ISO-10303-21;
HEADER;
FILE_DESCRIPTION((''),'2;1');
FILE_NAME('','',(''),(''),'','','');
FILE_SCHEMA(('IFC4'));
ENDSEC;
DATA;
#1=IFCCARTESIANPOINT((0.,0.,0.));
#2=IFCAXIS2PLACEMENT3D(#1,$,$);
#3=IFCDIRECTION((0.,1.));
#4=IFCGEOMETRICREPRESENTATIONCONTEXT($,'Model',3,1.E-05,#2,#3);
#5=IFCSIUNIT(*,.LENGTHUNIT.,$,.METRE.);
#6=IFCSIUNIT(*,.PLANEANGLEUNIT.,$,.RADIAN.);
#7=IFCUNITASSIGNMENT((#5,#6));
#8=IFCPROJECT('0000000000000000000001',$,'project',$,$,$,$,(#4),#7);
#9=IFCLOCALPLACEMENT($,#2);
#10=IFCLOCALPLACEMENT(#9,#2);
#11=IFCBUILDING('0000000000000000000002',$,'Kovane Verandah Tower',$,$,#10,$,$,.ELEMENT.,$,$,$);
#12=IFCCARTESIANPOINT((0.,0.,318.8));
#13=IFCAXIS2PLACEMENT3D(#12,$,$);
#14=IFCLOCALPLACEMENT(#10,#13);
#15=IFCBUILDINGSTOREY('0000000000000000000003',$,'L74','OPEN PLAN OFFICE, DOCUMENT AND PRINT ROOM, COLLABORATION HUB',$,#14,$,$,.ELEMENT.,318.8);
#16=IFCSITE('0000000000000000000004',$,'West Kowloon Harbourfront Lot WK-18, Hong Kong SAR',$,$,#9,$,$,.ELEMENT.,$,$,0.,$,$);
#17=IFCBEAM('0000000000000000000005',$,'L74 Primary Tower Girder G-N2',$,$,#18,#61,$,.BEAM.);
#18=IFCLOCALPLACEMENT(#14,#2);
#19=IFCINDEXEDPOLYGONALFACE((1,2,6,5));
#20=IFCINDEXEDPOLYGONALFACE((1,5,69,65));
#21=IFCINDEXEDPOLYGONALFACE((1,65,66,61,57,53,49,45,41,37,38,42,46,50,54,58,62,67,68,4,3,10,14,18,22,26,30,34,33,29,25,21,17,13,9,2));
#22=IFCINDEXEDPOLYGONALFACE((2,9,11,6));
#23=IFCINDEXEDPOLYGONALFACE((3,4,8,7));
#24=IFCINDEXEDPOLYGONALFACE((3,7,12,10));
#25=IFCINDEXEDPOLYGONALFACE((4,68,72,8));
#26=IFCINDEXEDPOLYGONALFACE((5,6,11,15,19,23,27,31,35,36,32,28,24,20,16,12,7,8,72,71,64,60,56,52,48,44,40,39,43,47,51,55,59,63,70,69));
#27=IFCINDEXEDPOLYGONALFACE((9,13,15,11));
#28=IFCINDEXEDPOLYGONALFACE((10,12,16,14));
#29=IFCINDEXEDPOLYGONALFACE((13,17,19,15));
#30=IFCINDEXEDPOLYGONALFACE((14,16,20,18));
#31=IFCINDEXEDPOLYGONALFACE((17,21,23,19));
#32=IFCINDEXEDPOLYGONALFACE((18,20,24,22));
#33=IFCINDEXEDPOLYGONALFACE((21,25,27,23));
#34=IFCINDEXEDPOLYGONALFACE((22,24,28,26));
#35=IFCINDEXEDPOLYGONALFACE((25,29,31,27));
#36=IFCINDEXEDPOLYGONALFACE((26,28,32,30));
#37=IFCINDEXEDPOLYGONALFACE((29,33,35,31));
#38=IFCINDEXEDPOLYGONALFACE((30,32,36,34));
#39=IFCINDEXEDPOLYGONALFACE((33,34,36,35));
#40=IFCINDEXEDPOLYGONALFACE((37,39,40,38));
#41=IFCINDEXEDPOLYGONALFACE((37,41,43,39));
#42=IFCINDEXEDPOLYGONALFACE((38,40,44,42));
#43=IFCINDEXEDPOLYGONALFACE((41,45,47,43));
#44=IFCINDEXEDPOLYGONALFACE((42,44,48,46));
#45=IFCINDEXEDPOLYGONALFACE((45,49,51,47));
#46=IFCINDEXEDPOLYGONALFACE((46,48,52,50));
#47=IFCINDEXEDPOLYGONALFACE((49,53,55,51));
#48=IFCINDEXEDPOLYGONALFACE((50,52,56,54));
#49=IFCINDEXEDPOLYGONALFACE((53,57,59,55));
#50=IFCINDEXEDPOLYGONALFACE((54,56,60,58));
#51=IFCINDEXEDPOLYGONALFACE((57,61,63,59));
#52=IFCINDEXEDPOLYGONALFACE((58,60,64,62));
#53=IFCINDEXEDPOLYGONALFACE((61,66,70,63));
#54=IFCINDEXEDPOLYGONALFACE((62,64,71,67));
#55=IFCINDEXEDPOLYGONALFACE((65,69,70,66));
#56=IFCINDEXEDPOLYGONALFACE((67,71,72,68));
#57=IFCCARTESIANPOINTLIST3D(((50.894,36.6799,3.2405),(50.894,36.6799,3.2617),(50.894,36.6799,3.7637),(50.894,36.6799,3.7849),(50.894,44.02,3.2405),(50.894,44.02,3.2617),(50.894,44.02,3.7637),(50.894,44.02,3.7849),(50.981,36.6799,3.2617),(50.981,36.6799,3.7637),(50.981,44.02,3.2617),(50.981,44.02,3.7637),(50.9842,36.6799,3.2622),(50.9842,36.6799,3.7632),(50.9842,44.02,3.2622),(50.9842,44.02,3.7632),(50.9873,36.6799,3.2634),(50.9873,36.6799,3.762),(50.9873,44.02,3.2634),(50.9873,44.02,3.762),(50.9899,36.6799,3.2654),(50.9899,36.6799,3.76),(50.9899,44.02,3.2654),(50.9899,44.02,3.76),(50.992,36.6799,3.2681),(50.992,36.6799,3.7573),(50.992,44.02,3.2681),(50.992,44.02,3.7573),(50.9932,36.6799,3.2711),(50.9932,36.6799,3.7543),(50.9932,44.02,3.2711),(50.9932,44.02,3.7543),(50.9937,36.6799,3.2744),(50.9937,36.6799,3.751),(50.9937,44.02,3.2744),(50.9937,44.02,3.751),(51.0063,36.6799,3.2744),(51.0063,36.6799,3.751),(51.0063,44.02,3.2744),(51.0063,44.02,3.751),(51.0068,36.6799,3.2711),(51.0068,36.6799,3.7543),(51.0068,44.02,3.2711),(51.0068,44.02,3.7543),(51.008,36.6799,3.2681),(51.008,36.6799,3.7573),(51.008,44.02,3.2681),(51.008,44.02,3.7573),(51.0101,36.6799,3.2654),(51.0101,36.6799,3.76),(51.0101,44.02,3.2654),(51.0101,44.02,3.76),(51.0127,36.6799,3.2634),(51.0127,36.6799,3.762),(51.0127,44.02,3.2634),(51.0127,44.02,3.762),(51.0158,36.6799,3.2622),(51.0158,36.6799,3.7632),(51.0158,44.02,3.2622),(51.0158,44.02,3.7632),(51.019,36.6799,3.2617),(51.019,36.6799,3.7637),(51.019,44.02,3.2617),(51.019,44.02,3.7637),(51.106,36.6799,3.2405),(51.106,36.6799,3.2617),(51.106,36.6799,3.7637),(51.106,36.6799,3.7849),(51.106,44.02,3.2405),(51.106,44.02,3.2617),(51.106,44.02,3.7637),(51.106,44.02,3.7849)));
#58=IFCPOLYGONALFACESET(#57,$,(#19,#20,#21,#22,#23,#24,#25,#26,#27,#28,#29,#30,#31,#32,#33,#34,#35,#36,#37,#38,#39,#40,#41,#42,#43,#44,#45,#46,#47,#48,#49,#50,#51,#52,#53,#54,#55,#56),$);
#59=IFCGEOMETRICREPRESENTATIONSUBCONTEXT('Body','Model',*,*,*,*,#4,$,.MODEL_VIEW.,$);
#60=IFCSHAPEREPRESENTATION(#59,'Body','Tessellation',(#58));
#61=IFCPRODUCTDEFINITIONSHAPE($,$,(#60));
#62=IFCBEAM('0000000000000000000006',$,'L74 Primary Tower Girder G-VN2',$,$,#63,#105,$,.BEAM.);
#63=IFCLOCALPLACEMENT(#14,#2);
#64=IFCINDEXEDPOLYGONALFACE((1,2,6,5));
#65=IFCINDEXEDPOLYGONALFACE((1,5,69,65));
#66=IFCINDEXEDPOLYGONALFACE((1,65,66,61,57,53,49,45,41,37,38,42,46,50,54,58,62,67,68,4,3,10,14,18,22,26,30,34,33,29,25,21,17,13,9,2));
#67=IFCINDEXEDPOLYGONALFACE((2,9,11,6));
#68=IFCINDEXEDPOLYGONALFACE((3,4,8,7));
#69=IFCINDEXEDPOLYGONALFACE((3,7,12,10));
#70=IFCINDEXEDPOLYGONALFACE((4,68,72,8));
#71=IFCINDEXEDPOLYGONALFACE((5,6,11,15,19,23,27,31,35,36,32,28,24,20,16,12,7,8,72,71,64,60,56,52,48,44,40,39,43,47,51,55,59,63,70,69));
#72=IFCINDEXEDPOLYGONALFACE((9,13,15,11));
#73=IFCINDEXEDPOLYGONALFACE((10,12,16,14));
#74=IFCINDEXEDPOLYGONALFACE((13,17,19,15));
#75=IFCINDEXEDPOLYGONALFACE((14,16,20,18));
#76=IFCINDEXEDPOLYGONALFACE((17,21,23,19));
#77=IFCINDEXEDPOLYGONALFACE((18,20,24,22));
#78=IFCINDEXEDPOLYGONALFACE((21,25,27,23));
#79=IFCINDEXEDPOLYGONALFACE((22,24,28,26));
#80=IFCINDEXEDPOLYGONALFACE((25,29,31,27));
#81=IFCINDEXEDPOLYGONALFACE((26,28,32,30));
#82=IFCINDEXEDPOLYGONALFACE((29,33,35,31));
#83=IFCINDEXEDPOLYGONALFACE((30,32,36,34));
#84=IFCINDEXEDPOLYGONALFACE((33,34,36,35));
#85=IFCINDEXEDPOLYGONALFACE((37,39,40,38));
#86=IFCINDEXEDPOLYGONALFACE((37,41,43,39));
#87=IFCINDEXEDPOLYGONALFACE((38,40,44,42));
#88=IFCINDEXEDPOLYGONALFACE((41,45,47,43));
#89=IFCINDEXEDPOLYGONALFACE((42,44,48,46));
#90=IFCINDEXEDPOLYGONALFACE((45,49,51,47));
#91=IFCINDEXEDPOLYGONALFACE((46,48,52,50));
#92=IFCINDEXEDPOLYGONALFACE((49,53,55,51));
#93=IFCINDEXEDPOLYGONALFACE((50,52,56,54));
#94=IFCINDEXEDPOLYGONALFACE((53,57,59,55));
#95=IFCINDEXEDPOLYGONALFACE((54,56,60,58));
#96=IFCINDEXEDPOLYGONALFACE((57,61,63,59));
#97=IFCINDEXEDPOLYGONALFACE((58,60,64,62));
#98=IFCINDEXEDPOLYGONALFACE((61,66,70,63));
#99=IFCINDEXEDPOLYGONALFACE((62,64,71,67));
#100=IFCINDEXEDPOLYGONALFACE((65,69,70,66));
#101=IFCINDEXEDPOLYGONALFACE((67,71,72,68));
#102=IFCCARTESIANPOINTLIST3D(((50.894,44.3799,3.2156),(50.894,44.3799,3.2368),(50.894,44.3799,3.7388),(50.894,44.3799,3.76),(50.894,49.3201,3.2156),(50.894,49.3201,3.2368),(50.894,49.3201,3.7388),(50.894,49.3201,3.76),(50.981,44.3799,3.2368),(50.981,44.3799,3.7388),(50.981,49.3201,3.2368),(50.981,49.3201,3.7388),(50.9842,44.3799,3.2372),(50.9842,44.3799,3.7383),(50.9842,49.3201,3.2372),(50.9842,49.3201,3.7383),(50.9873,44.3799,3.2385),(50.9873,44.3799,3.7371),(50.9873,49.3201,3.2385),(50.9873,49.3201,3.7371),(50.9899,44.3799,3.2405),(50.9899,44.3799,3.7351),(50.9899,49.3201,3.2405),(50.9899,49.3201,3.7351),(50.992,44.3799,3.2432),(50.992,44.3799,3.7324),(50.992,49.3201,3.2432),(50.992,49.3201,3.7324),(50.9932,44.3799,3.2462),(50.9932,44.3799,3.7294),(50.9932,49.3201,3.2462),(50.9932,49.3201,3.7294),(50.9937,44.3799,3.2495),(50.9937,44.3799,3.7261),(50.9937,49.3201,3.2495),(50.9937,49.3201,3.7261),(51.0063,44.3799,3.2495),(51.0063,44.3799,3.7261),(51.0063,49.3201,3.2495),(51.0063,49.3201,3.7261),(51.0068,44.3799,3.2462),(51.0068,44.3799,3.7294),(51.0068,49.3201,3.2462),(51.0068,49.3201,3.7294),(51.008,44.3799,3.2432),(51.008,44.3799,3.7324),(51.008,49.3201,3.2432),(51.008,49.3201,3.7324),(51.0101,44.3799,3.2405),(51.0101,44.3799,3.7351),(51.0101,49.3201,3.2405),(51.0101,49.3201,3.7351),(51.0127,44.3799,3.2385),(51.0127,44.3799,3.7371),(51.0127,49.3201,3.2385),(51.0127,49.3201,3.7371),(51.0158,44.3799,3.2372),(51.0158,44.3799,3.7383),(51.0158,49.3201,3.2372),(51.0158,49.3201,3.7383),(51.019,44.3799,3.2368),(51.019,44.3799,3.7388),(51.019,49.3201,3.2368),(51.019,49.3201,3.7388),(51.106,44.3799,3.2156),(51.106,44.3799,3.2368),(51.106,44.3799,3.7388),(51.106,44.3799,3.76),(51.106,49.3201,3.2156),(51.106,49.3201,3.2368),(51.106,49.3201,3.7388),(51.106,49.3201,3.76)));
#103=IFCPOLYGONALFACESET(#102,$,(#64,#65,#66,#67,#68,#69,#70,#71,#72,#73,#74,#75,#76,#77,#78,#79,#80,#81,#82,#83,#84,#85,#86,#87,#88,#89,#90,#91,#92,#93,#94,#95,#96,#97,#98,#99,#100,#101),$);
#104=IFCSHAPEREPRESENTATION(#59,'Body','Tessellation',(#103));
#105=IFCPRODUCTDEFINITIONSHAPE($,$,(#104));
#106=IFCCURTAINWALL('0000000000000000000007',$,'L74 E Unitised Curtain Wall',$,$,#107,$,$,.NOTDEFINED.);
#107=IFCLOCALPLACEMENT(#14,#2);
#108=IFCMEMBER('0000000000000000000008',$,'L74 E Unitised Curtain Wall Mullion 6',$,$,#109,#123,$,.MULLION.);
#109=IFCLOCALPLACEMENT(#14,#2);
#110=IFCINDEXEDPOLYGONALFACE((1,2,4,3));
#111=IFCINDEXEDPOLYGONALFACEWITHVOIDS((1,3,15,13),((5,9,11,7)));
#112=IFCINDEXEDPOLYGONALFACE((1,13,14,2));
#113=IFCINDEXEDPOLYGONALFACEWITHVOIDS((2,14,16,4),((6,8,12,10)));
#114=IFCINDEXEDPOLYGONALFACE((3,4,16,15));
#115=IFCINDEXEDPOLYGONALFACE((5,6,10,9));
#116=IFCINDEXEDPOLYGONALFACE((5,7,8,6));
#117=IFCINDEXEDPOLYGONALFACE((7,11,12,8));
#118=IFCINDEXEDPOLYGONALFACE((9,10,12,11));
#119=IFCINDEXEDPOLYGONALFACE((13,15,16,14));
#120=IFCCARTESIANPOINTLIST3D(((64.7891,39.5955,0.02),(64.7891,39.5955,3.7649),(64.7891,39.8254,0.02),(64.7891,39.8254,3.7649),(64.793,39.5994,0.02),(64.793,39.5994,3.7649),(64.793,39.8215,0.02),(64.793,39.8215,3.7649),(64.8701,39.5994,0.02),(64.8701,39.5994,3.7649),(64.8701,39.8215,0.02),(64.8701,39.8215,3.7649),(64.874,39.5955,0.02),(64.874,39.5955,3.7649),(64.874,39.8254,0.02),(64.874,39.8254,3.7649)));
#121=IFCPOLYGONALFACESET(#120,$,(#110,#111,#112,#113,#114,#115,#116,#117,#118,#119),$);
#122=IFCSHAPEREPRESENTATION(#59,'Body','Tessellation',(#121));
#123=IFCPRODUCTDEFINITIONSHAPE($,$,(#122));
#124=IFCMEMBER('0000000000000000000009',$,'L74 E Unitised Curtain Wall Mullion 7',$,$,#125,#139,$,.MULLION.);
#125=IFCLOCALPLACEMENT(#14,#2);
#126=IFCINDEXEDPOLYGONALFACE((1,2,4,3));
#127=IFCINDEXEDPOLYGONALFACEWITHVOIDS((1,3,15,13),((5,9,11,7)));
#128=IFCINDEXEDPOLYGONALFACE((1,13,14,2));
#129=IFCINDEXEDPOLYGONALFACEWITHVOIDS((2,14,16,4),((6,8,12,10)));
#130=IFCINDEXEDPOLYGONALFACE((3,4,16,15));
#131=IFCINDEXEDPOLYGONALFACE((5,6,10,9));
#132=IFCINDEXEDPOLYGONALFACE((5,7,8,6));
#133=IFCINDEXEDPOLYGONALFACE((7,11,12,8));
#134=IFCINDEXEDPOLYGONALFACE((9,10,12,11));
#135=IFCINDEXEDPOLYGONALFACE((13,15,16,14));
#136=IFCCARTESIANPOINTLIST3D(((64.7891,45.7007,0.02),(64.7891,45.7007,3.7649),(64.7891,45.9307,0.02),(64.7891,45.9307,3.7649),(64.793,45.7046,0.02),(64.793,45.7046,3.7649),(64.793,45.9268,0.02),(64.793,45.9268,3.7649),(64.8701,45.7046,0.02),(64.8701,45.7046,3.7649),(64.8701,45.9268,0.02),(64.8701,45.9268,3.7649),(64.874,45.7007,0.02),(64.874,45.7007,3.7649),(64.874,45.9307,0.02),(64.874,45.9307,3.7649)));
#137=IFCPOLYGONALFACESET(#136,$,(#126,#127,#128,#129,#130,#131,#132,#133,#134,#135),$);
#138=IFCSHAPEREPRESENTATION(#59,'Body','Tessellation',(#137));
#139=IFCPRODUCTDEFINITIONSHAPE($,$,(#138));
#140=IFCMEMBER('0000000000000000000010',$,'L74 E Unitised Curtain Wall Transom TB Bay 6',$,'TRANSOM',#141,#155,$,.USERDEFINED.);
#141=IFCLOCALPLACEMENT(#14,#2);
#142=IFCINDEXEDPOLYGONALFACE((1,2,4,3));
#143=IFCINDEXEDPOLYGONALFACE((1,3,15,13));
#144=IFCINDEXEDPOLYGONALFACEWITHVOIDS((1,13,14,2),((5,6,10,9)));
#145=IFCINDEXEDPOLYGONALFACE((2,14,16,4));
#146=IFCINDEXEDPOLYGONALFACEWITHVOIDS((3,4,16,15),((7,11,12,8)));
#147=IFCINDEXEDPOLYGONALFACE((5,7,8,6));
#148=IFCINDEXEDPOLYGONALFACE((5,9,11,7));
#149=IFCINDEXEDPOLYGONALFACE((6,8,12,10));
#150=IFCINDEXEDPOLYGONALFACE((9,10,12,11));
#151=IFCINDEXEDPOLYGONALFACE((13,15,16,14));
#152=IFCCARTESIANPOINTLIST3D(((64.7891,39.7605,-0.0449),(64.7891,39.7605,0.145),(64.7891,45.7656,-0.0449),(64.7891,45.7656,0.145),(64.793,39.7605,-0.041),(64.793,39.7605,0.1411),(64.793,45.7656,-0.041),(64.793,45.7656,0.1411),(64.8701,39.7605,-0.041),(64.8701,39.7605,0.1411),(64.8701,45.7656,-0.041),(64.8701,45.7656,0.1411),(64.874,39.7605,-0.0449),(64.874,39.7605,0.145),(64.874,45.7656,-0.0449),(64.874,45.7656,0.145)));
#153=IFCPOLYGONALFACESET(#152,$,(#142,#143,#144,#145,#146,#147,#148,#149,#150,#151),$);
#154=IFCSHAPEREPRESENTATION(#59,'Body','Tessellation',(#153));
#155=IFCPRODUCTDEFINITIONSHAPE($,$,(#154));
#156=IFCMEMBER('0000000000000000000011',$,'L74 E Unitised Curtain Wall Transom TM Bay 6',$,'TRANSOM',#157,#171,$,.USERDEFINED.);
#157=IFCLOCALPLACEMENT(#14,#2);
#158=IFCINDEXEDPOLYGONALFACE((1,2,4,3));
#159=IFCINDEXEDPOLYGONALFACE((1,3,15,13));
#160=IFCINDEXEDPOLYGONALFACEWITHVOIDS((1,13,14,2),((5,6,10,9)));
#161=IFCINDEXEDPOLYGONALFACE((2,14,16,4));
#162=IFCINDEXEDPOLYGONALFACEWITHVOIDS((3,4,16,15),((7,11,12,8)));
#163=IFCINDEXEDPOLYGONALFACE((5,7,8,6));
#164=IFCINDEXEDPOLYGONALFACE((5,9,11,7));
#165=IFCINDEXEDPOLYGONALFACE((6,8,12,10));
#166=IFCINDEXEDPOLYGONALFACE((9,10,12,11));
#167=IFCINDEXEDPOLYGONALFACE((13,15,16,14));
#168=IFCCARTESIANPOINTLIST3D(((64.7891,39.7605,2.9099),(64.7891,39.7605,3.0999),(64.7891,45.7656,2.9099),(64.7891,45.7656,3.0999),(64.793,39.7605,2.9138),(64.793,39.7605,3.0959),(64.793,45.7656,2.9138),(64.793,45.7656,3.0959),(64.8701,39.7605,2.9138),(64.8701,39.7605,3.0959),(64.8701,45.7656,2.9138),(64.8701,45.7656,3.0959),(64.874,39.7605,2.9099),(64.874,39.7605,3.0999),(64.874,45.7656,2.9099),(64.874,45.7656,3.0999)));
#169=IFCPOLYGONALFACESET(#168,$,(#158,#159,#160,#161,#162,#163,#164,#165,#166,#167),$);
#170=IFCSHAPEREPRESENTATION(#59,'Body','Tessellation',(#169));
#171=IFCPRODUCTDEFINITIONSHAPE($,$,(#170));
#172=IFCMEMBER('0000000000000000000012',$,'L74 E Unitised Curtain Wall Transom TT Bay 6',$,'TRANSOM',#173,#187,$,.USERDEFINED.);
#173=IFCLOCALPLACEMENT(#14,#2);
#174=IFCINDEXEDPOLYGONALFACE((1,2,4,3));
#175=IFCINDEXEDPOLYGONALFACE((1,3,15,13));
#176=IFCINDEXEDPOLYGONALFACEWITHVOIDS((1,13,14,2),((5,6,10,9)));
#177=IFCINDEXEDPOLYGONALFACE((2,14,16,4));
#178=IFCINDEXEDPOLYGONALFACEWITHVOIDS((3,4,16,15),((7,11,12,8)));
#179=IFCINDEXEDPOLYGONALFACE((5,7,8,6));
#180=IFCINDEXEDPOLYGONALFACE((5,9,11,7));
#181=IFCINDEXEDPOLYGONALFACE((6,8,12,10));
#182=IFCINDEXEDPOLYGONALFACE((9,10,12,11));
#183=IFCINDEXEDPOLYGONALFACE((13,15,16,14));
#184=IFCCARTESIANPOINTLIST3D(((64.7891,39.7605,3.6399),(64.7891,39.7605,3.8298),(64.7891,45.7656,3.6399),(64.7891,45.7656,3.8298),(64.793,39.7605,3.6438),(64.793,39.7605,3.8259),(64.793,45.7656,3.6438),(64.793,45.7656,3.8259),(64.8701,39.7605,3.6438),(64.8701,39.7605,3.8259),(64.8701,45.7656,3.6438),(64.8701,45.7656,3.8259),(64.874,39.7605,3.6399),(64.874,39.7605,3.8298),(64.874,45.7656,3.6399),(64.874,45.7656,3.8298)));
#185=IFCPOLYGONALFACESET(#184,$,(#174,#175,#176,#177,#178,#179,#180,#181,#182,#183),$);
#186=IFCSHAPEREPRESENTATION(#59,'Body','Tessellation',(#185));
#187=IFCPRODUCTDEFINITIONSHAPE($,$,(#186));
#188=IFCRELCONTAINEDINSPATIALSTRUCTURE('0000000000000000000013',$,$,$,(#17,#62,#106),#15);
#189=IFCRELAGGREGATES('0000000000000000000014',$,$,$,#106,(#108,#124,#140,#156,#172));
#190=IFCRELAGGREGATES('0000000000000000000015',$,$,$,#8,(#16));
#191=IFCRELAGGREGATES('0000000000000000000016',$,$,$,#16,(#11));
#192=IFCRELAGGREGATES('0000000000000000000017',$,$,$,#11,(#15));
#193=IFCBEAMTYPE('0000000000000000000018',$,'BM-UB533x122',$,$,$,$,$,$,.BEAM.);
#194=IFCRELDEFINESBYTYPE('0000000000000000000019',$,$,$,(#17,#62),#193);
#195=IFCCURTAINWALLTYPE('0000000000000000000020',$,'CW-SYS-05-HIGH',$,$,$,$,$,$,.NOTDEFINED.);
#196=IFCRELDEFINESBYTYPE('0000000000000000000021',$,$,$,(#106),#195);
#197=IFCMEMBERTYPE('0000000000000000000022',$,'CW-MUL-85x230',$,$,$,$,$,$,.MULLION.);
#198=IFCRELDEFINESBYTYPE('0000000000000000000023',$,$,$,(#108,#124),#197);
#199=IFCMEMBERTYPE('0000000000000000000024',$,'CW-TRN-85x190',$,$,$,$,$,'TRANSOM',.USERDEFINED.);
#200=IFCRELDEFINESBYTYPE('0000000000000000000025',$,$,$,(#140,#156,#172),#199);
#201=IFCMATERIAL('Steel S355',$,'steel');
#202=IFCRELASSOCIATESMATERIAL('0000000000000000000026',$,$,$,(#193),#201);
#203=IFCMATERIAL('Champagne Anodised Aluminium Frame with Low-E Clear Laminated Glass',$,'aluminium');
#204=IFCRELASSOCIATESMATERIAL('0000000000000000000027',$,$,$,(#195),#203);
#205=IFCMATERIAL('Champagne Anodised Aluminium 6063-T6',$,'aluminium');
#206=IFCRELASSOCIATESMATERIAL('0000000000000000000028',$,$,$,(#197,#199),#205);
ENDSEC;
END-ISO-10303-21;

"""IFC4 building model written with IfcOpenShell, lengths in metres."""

from ifc_helpers import new_model, si_unit, direction, frame, origin, origin_2d, place, context, subcontext, project, spatial, hollow_rectangle, i_section, extrude, material, material_profile, profile_set, type_object, element, aggregate, save


model = new_model("IFC4")

# Units and contexts
model_context = context("Model", 3, precision=1e-05, world=origin(), true_north=direction((0.0, 1.0)))
body_context = subcontext(model_context, "Body", "Model", "MODEL_VIEW")
ifc_project = project(units=[si_unit("LENGTHUNIT", "METRE"), si_unit("PLANEANGLEUNIT", "RADIAN")], contexts=[model_context])

# Site, building, storey
site_placement = place(None, origin())
site = spatial("IfcSite", under=ifc_project, at=site_placement, Name="West Kowloon Harbourfront Lot WK-18, Hong Kong SAR", CompositionType="ELEMENT", RefElevation=0.0)
building_placement = place(site_placement, origin())
building = spatial("IfcBuilding", under=site, at=building_placement, Name="Kovane Verandah Tower", CompositionType="ELEMENT")
storey_placement = place(building_placement, frame((0.0, 0.0, 318.8)))
storey = spatial("IfcBuildingStorey", under=building, at=storey_placement, Name="L74", Description="OPEN PLAN OFFICE, DOCUMENT AND PRINT ROOM, COLLABORATION HUB", CompositionType="ELEMENT", Elevation=318.8)

# Beams
ifc_material_1 = material(Name="Steel S355", Category="steel")
ifc_material_profile_1 = material_profile(ifc_material_1, i_section(OverallWidth=0.2119, OverallDepth=0.5444, WebThickness=0.0127, FlangeThickness=0.0212, FilletRadius=0.0127, at=origin_2d()), Name="UB533x210x122")
ifc_profile_set_1 = profile_set([ifc_material_profile_1], Name="Steel S355")
beam_type_1 = type_object("IfcBeamType", Name="BM-UB533x122", PredefinedType="BEAM", material=ifc_profile_set_1)
for number, where, z_axis, x_axis, name in (
    (1, (51.0, 36.6799, 3.5127), (0.0, 1.0, 0.0), (-1.0, 0.0, 0.0), "L74 Primary Tower Girder G-N2"),
):
    element("IfcBeam", number, at=place(storey_placement, frame(where, z_axis=z_axis, x_axis=x_axis)), inside=storey, type_object=beam_type_1, Name=name, PredefinedType="BEAM", context=body_context, shape_type="SweptSolid", body=[
        extrude(i_section(OverallWidth=0.2119, OverallDepth=0.5444, WebThickness=0.0127, FlangeThickness=0.0212, FilletRadius=0.0127, at=origin_2d()), origin(), (0.0, 0.0, 1.0), 7.3401),
    ])
beam_1_placement = place(storey_placement, frame((51.0, 44.3799, 3.4878), z_axis=(0.0, 1.0, 0.0), x_axis=(-1.0, 0.0, 0.0)))
element("IfcBeam", 2, at=beam_1_placement, inside=storey, type_object=beam_type_1, Name="L74 Primary Tower Girder G-VN2", PredefinedType="BEAM", context=body_context, shape_type="SweptSolid", body=[
    extrude(i_section(OverallWidth=0.2119, OverallDepth=0.5444, WebThickness=0.0127, FlangeThickness=0.0212, FilletRadius=0.0127, at=origin_2d()), origin(), (0.0, 0.0, 1.0), 4.9402),
])

# Curtain wall, members
ifc_material_2 = material(Name="Champagne Anodised Aluminium Frame with Low-E Clear Laminated Glass", Category="aluminium")
curtain_wall_type = type_object("IfcCurtainWallType", Name="CW-SYS-05-HIGH", PredefinedType="NOTDEFINED", material=ifc_material_2)
curtain_wall_placement = place(storey_placement, origin())
curtain_wall = element("IfcCurtainWall", 3, at=curtain_wall_placement, inside=storey, type_object=curtain_wall_type, Name="L74 E Unitised Curtain Wall", PredefinedType="NOTDEFINED")
ifc_material_3 = material(Name="Champagne Anodised Aluminium 6063-T6", Category="aluminium")
ifc_material_profile_2 = material_profile(ifc_material_3, hollow_rectangle(XDim=0.085, YDim=0.23, WallThickness=0.0039, at=origin_2d()), Name="AL85x230x4")
ifc_profile_set_2 = profile_set([ifc_material_profile_2], Name="Champagne Anodised Aluminium 6063-T6")
member_type_1 = type_object("IfcMemberType", Name="CW-MUL-85x230", PredefinedType="MULLION", material=ifc_profile_set_2)
member_1_placement = place(storey_placement, frame((64.8315, 39.7104, 0.02), z_axis=(0.0, 0.0, 1.0), x_axis=(1.0, 0.0, 0.0)))
member_1 = element("IfcMember", 4, at=member_1_placement, type_object=member_type_1, Name="L74 E Unitised Curtain Wall Mullion 6", PredefinedType="MULLION", context=body_context, shape_type="SweptSolid", body=[
    extrude(hollow_rectangle(XDim=0.085, YDim=0.23, WallThickness=0.0039, at=origin_2d()), origin(), (0.0, 0.0, 1.0), 3.7449),
])
member_2_placement = place(storey_placement, frame((64.8315, 45.8157, 0.02), z_axis=(0.0, 0.0, 1.0), x_axis=(1.0, 0.0, 0.0)))
member_2 = element("IfcMember", 5, at=member_2_placement, type_object=member_type_1, Name="L74 E Unitised Curtain Wall Mullion 7", PredefinedType="MULLION", context=body_context, shape_type="SweptSolid", body=[
    extrude(hollow_rectangle(XDim=0.085, YDim=0.23, WallThickness=0.0039, at=origin_2d()), origin(), (0.0, 0.0, 1.0), 3.7449),
])
ifc_material_profile_3 = material_profile(ifc_material_3, hollow_rectangle(XDim=0.085, YDim=0.1899, WallThickness=0.0039, at=origin_2d()), Name="AL85x190x4")
ifc_profile_set_3 = profile_set([ifc_material_profile_3], Name="Champagne Anodised Aluminium 6063-T6")
member_type_2 = type_object("IfcMemberType", Name="CW-TRN-85x190", ElementType="TRANSOM", PredefinedType="USERDEFINED", material=ifc_profile_set_3)
member_3_placement = place(storey_placement, frame((64.8315, 39.7605, 0.05), z_axis=(0.0, 1.0, 0.0), x_axis=(-1.0, 0.0, 0.0)))
member_3 = element("IfcMember", 6, at=member_3_placement, type_object=member_type_2, Name="L74 E Unitised Curtain Wall Transom TB Bay 6", ObjectType="TRANSOM", PredefinedType="USERDEFINED", context=body_context, shape_type="SweptSolid", body=[
    extrude(hollow_rectangle(XDim=0.085, YDim=0.1899, WallThickness=0.0039, at=origin_2d()), origin(), (0.0, 0.0, 1.0), 6.0051),
])
member_4_placement = place(storey_placement, frame((64.8315, 39.7605, 3.0049), z_axis=(0.0, 1.0, 0.0), x_axis=(-1.0, 0.0, 0.0)))
member_4 = element("IfcMember", 7, at=member_4_placement, type_object=member_type_2, Name="L74 E Unitised Curtain Wall Transom TM Bay 6", ObjectType="TRANSOM", PredefinedType="USERDEFINED", context=body_context, shape_type="SweptSolid", body=[
    extrude(hollow_rectangle(XDim=0.085, YDim=0.1899, WallThickness=0.0039, at=origin_2d()), origin(), (0.0, 0.0, 1.0), 6.0051),
])
member_5_placement = place(storey_placement, frame((64.8315, 39.7605, 3.7349), z_axis=(0.0, 1.0, 0.0), x_axis=(-1.0, 0.0, 0.0)))
member_5 = element("IfcMember", 8, at=member_5_placement, type_object=member_type_2, Name="L74 E Unitised Curtain Wall Transom TT Bay 6", ObjectType="TRANSOM", PredefinedType="USERDEFINED", context=body_context, shape_type="SweptSolid", body=[
    extrude(hollow_rectangle(XDim=0.085, YDim=0.1899, WallThickness=0.0039, at=origin_2d()), origin(), (0.0, 0.0, 1.0), 6.0051),
])

aggregate(curtain_wall, [member_1, member_2, member_3, member_4, member_5])

save(model, "model.ifc")
